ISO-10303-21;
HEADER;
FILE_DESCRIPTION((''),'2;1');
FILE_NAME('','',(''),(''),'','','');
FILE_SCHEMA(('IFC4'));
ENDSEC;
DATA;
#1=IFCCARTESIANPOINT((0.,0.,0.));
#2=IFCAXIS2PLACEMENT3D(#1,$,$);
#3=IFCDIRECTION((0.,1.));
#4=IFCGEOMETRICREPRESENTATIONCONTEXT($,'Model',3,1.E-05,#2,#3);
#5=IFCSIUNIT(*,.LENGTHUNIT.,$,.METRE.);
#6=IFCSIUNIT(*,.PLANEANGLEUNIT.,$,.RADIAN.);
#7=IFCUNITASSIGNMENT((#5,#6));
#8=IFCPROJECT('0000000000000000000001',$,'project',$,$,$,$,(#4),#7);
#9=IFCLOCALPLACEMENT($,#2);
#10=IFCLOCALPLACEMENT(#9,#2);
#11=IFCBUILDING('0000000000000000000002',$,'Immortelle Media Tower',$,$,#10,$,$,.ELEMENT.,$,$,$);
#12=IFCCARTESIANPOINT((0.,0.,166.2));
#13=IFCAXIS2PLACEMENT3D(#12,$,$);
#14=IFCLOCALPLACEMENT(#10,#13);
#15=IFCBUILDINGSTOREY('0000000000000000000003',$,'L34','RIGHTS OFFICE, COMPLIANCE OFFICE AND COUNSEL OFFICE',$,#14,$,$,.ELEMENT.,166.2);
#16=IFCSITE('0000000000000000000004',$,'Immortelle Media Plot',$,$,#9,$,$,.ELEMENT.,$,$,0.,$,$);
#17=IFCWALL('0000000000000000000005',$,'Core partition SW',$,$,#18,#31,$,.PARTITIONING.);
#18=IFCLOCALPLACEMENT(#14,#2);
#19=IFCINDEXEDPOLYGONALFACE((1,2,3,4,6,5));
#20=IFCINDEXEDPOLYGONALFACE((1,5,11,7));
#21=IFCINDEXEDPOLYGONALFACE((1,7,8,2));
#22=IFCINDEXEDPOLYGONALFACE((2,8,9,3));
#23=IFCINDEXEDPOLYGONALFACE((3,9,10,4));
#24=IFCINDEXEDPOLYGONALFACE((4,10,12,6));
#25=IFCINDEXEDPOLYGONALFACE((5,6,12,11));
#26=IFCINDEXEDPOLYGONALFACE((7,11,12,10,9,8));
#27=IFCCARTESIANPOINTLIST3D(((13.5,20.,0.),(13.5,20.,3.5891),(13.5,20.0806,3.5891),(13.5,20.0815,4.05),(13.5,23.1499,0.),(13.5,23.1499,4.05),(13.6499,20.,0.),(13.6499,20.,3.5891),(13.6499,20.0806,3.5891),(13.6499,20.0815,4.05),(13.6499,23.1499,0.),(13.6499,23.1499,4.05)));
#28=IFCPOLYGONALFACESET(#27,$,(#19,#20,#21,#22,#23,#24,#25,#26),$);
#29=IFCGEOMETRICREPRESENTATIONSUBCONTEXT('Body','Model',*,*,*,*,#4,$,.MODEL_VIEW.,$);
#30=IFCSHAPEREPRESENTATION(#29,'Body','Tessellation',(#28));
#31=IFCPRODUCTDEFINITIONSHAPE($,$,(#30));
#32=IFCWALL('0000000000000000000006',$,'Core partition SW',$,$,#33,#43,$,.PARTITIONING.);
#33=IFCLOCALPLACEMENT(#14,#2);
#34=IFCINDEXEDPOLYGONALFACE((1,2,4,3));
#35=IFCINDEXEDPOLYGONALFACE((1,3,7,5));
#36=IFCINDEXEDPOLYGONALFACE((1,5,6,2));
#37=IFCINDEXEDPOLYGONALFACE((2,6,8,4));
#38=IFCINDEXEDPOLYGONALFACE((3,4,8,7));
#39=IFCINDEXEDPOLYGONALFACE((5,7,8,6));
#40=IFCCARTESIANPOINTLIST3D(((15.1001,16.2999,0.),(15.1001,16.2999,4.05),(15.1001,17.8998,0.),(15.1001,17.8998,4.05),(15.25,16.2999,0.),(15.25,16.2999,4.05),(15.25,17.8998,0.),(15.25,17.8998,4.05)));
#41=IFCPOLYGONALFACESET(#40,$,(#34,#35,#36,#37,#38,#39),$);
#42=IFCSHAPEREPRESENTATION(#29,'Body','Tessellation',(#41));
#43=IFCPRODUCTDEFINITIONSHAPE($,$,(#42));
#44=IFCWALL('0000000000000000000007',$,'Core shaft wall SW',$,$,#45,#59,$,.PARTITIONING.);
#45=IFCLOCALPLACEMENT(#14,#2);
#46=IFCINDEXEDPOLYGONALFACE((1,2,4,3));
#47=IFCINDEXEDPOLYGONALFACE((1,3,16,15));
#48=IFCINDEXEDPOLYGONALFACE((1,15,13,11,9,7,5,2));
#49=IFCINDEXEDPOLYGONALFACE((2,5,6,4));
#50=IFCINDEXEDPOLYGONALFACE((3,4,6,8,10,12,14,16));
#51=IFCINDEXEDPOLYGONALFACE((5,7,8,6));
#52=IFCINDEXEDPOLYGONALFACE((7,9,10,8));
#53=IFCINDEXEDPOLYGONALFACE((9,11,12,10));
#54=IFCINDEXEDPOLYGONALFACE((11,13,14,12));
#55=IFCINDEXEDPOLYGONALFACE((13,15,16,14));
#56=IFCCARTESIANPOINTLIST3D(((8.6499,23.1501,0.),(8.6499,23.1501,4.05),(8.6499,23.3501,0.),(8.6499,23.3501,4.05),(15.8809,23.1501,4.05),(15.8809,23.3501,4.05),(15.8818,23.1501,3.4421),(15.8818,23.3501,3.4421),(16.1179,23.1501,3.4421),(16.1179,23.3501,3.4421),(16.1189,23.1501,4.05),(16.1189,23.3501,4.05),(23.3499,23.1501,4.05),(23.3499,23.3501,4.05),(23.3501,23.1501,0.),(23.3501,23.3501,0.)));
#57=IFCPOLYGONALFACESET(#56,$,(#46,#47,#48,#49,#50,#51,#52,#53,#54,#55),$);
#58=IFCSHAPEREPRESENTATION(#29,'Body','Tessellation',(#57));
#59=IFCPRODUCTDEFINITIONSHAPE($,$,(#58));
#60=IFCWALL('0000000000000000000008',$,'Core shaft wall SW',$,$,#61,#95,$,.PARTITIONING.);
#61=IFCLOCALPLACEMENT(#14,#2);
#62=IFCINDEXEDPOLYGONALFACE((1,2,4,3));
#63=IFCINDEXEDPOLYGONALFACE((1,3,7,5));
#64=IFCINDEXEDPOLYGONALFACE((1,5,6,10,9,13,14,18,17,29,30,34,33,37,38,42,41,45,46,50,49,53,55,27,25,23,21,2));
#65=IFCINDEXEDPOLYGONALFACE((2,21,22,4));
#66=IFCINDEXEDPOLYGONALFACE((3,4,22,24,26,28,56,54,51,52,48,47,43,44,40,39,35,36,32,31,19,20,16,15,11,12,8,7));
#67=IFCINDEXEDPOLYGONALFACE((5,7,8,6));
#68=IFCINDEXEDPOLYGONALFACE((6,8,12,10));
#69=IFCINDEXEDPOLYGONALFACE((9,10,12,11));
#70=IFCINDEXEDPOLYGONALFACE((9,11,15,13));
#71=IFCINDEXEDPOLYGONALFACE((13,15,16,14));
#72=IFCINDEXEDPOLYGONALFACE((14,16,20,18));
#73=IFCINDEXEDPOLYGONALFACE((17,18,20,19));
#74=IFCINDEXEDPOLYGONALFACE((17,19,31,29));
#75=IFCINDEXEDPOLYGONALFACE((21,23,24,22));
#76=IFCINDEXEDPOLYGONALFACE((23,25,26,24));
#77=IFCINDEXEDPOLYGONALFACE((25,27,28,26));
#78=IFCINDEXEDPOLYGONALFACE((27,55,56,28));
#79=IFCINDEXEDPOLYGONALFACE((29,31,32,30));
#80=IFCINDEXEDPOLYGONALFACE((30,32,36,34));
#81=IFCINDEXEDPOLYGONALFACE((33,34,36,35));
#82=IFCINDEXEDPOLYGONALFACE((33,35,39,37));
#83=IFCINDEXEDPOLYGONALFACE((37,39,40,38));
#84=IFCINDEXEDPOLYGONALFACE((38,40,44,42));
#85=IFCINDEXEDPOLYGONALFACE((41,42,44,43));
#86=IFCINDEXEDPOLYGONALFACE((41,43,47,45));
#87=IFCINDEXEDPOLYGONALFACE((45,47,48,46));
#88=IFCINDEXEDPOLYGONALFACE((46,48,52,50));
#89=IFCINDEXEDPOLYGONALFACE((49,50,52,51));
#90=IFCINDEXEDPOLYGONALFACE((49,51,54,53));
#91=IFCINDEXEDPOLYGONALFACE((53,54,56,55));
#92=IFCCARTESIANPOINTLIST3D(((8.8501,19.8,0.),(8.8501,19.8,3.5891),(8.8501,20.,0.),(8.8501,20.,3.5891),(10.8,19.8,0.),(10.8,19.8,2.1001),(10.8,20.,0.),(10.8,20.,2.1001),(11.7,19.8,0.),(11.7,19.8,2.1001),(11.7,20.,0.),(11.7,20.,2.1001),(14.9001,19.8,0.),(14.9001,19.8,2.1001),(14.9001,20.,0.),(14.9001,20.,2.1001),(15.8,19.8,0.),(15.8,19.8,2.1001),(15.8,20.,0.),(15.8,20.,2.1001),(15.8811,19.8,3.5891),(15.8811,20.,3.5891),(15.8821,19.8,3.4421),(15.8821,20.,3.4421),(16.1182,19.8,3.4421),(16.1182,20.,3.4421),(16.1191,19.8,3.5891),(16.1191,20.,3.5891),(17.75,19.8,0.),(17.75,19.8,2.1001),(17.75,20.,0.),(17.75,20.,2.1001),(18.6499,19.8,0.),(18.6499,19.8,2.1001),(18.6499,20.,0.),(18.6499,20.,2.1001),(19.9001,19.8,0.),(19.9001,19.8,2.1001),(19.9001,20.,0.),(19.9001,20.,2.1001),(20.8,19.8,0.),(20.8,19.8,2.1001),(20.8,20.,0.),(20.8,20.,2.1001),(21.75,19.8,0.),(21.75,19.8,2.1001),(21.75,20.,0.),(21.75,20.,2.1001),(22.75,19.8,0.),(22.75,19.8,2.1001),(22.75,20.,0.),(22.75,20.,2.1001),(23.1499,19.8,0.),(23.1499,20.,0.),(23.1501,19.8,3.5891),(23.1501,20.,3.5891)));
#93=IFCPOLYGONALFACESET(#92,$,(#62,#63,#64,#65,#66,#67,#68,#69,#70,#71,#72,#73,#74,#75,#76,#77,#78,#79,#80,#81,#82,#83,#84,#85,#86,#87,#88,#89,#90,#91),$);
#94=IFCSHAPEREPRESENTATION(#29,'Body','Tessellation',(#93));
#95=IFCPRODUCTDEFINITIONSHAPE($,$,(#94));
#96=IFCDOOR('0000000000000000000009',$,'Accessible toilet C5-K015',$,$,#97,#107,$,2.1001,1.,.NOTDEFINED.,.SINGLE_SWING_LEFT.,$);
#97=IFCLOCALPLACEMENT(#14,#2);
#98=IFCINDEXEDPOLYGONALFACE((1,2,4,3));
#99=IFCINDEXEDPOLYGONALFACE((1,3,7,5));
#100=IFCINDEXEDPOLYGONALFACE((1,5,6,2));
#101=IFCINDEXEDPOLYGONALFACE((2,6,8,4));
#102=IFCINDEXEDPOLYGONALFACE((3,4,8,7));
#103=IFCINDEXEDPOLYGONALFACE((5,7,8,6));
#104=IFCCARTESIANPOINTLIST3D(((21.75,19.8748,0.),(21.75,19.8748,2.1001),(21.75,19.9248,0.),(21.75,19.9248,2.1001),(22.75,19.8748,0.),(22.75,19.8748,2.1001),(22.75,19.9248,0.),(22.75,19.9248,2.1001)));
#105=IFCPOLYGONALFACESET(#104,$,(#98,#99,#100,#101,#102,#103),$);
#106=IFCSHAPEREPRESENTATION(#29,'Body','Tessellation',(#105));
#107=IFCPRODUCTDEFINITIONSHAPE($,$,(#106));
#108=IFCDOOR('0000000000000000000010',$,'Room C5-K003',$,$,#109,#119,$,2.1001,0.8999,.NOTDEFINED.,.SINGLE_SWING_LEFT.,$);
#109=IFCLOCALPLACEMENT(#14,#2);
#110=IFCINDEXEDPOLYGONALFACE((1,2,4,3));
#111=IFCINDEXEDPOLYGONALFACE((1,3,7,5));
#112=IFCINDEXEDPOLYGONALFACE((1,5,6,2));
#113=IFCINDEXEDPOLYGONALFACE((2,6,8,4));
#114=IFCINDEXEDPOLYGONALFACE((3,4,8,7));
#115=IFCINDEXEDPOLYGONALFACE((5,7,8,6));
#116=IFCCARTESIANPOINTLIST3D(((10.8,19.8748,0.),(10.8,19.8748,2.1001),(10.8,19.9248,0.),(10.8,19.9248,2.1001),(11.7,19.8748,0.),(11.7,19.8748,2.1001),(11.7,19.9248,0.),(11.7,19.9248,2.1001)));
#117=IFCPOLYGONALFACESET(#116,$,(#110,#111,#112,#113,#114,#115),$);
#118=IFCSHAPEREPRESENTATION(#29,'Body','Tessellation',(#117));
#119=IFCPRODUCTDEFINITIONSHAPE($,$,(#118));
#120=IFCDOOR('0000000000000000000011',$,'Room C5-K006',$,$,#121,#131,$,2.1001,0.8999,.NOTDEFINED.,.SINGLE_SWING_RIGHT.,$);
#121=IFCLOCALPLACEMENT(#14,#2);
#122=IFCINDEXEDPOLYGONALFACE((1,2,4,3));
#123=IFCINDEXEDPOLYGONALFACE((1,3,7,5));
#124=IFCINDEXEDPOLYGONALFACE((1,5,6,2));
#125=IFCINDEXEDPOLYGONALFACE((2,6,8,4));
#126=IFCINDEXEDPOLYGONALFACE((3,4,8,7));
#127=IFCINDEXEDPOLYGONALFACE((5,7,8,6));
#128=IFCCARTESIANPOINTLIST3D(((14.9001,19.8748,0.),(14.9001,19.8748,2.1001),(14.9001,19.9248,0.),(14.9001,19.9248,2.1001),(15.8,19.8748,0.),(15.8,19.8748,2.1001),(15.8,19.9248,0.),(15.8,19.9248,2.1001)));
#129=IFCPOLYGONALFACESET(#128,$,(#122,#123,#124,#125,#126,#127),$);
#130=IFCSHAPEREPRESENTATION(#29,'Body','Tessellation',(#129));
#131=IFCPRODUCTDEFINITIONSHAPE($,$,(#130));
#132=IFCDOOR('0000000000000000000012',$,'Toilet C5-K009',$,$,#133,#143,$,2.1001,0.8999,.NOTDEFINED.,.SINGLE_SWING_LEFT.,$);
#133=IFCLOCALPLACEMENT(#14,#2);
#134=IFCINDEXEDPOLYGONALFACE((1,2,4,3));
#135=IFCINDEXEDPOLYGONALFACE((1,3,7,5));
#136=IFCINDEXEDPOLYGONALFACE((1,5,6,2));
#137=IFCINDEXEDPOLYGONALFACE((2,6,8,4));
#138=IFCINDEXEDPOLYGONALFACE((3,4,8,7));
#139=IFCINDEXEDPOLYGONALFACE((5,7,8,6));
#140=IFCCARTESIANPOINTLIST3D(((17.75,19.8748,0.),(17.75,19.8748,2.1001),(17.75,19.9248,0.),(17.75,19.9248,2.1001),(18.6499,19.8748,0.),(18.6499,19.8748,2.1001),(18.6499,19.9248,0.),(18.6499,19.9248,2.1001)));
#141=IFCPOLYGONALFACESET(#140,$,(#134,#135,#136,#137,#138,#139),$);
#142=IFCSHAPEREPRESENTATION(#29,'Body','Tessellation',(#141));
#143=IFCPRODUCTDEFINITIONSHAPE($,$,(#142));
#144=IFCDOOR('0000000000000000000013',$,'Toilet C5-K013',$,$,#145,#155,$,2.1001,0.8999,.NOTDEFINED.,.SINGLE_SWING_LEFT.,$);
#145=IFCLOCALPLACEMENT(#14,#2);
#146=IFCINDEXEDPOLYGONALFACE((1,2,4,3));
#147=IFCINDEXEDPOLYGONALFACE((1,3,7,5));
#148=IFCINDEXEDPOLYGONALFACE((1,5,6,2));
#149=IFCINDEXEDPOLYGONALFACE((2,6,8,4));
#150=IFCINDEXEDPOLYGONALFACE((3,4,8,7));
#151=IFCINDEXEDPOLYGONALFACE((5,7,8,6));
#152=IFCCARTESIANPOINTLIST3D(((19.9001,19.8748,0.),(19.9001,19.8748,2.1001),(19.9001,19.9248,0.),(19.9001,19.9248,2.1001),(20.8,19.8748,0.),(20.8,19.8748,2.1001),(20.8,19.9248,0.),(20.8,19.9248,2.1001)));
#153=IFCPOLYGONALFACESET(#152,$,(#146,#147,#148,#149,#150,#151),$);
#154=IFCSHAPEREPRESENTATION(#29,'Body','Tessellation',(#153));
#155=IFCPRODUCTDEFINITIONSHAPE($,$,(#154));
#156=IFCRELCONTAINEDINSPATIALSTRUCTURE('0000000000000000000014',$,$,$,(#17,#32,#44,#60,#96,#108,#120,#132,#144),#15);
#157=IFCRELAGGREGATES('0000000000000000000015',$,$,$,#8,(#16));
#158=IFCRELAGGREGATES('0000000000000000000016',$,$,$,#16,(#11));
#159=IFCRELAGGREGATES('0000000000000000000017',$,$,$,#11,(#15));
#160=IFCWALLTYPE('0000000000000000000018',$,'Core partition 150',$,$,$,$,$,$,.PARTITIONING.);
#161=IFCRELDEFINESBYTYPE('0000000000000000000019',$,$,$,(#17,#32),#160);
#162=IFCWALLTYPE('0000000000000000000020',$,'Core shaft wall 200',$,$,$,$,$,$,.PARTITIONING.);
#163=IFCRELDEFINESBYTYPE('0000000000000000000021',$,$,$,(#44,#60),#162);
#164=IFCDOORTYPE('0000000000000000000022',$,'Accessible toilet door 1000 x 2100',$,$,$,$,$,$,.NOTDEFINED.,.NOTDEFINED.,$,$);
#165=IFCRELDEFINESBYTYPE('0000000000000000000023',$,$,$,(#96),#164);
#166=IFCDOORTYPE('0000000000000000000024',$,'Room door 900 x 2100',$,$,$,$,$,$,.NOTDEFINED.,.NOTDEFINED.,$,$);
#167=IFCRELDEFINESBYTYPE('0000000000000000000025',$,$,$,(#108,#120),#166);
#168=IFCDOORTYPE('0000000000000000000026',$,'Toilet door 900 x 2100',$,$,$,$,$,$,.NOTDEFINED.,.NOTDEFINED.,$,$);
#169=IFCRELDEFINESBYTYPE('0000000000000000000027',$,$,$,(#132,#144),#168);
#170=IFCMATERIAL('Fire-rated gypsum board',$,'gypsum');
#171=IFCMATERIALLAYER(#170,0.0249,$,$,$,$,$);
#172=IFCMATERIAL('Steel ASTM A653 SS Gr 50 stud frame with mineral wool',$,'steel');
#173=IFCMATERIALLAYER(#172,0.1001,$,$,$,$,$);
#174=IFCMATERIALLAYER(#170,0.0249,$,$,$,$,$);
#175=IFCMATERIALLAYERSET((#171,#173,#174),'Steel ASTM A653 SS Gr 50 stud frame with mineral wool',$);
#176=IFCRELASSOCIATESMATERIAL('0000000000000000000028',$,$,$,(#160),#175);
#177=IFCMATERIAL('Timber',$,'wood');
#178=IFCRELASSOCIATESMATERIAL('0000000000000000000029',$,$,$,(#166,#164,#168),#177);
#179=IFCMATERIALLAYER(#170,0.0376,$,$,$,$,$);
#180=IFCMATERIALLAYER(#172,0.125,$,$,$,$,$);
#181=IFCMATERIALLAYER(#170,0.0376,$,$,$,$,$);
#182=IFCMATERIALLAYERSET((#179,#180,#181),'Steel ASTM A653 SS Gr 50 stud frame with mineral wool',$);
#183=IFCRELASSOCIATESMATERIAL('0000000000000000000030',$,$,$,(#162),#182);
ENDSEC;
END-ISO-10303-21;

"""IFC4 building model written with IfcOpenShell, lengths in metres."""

from ifc_helpers import new_model, si_unit, direction, frame, frame_2d, origin, place, context, subcontext, project, spatial, polyline, rectangle, outline, extrude, material, layer, layer_set, type_object, element, fill, save


model = new_model("IFC4")

# Units and contexts
model_context = context("Model", 3, precision=1e-05, world=origin(), true_north=direction((0.0, 1.0)))
body_context = subcontext(model_context, "Body", "Model", "MODEL_VIEW")
ifc_project = project(units=[si_unit("LENGTHUNIT", "METRE"), si_unit("PLANEANGLEUNIT", "RADIAN")], contexts=[model_context])

# Site, building, storey
site_placement = place(None, origin())
site = spatial("IfcSite", under=ifc_project, at=site_placement, Name="Immortelle Media Plot", CompositionType="ELEMENT", RefElevation=0.0)
building_placement = place(site_placement, origin())
building = spatial("IfcBuilding", under=site, at=building_placement, Name="Immortelle Media Tower", CompositionType="ELEMENT")
storey_placement = place(building_placement, frame((0.0, 0.0, 166.2)))
storey = spatial("IfcBuildingStorey", under=building, at=storey_placement, Name="L34", Description="RIGHTS OFFICE, COMPLIANCE OFFICE AND COUNSEL OFFICE", CompositionType="ELEMENT", Elevation=166.2)

# Shared definitions
ifc_material_1 = material(Name="Fire-rated gypsum board", Category="gypsum")
ifc_layer_1 = layer(ifc_material_1, 0.0249)
ifc_material_2 = material(Name="Steel ASTM A653 SS Gr 50 stud frame with mineral wool", Category="steel")
ifc_layer_2 = layer(ifc_material_2, 0.1001)
ifc_layer_3 = layer(ifc_material_1, 0.0249)
ifc_layer_set_1 = layer_set([ifc_layer_1, ifc_layer_2, ifc_layer_3], Name="Steel ASTM A653 SS Gr 50 stud frame with mineral wool")
wall_type_1 = type_object("IfcWallType", Name="Core partition 150", PredefinedType="PARTITIONING", material=ifc_layer_set_1)

# Shared definitions
ifc_material_3 = material(Name="Timber", Category="wood")
door_type_1 = type_object("IfcDoorType", Name="Room door 900 x 2100", OperationType="NOTDEFINED", PredefinedType="NOTDEFINED", material=ifc_material_3)

# Walls
wall_1_placement = place(storey_placement, frame((13.575, 20.0, 0.0), z_axis=(0.0, 0.0, 1.0), x_axis=(0.0, 1.0, 0.0)))
element("IfcWall", 1, at=wall_1_placement, inside=storey, type_object=wall_type_1, Name="Core partition SW", PredefinedType="PARTITIONING", context=body_context, shape_type="SweptSolid", body=[
    extrude(outline(polyline([(0.0, 0.0), (3.1499, 0.0), (3.1499, 4.05), (0.0815, 4.05), (0.0806, 3.5891), (0.0, 3.5891), (0.0, 0.0)])), frame((0.0, 0.075, 0.0), z_axis=(0.0, -1.0, 0.0), x_axis=(1.0, 0.0, 0.0)), (0.0, 0.0, 1.0), 0.1499),
])
wall_2_placement = place(storey_placement, frame((15.175, 16.3, 0.0), z_axis=(0.0, 0.0, 1.0), x_axis=(0.0, 1.0, 0.0)))
element("IfcWall", 2, at=wall_2_placement, inside=storey, type_object=wall_type_1, Name="Core partition SW", PredefinedType="PARTITIONING", context=body_context, shape_type="SweptSolid", body=[
    extrude(rectangle(XDim=1.5999, YDim=0.1499, at=frame_2d((0.7998, 0.0))), origin(), (0.0, 0.0, 1.0), 4.05),
])
ifc_layer_4 = layer(ifc_material_1, 0.0376)
ifc_layer_5 = layer(ifc_material_2, 0.125)
ifc_layer_6 = layer(ifc_material_1, 0.0376)
ifc_layer_set_2 = layer_set([ifc_layer_4, ifc_layer_5, ifc_layer_6], Name="Steel ASTM A653 SS Gr 50 stud frame with mineral wool")
wall_type_2 = type_object("IfcWallType", Name="Core shaft wall 200", PredefinedType="PARTITIONING", material=ifc_layer_set_2)
wall_3_placement = place(storey_placement, frame((8.6499, 23.25, 0.0), z_axis=(0.0, 0.0, 1.0), x_axis=(1.0, 0.0, 0.0)))
element("IfcWall", 3, at=wall_3_placement, inside=storey, type_object=wall_type_2, Name="Core shaft wall SW", PredefinedType="PARTITIONING", context=body_context, shape_type="SweptSolid", body=[
    extrude(outline(polyline([(0.0, 0.0), (14.7002, 0.0), (14.7, 4.05), (7.469, 4.05), (7.468, 3.4421), (7.2319, 3.4421), (7.231, 4.05), (0.0, 4.05), (0.0, 0.0)])), frame((0.0, 0.1001, 0.0), z_axis=(0.0, -1.0, 0.0), x_axis=(1.0, 0.0, 0.0)), (0.0, 0.0, 1.0), 0.2),
])

# Wall, openings, doors
wall_4_placement = place(storey_placement, frame((8.8501, 19.8999, 0.0), z_axis=(0.0, 0.0, 1.0), x_axis=(1.0, 0.0, 0.0)))
wall_4 = element("IfcWall", 4, at=wall_4_placement, inside=storey, type_object=wall_type_2, Name="Core shaft wall SW", PredefinedType="PARTITIONING", context=body_context, shape_type="SweptSolid", body=[
    extrude(outline(polyline([(0.0, 0.0), (14.2998, 0.0), (14.3, 3.5891), (7.269, 3.5891), (7.2681, 3.4421), (7.032, 3.4421), (7.031, 3.5891), (0.0, 3.5891), (0.0, 0.0)])), frame((0.0, 0.1001, 0.0), z_axis=(0.0, -1.0, 0.0), x_axis=(1.0, 0.0, 0.0)), (0.0, 0.0, 1.0), 0.2),
])
opening_1_placement = place(wall_4_placement, frame((1.95, 0.0, 0.0)))
opening_1 = element("IfcOpeningElement", 5, at=opening_1_placement, cuts=wall_4, PredefinedType="OPENING", context=body_context, shape_type="SweptSolid", body=[
    extrude(rectangle(XDim=0.8999, YDim=2.1001, at=frame_2d((0.45, 1.05))), frame((0.0, 0.1099, 0.0), z_axis=(0.0, -1.0, 0.0), x_axis=(1.0, 0.0, 0.0)), (0.0, 0.0, 1.0), 0.22),
])
opening_2_placement = place(wall_4_placement, frame((6.05, 0.0, 0.0)))
opening_2 = element("IfcOpeningElement", 6, at=opening_2_placement, cuts=wall_4, PredefinedType="OPENING", context=body_context, shape_type="SweptSolid", body=[
    extrude(rectangle(XDim=0.8999, YDim=2.1001, at=frame_2d((0.45, 1.05))), frame((0.0, 0.1099, 0.0), z_axis=(0.0, -1.0, 0.0), x_axis=(1.0, 0.0, 0.0)), (0.0, 0.0, 1.0), 0.22),
])
opening_3_placement = place(wall_4_placement, frame((8.8999, 0.0, 0.0)))
opening_3 = element("IfcOpeningElement", 7, at=opening_3_placement, cuts=wall_4, PredefinedType="OPENING", context=body_context, shape_type="SweptSolid", body=[
    extrude(rectangle(XDim=0.8999, YDim=2.1001, at=frame_2d((0.45, 1.05))), frame((0.0, 0.1099, 0.0), z_axis=(0.0, -1.0, 0.0), x_axis=(1.0, 0.0, 0.0)), (0.0, 0.0, 1.0), 0.22),
])
opening_4_placement = place(wall_4_placement, frame((11.05, 0.0, 0.0)))
opening_4 = element("IfcOpeningElement", 8, at=opening_4_placement, cuts=wall_4, PredefinedType="OPENING", context=body_context, shape_type="SweptSolid", body=[
    extrude(rectangle(XDim=0.8999, YDim=2.1001, at=frame_2d((0.45, 1.05))), frame((0.0, 0.1099, 0.0), z_axis=(0.0, -1.0, 0.0), x_axis=(1.0, 0.0, 0.0)), (0.0, 0.0, 1.0), 0.22),
])
opening_5_placement = place(wall_4_placement, frame((12.8999, 0.0, 0.0)))
opening_5 = element("IfcOpeningElement", 9, at=opening_5_placement, cuts=wall_4, PredefinedType="OPENING", context=body_context, shape_type="SweptSolid", body=[
    extrude(rectangle(XDim=1.0, YDim=2.1001, at=frame_2d((0.5, 1.05))), frame((0.0, 0.1099, 0.0), z_axis=(0.0, -1.0, 0.0), x_axis=(1.0, 0.0, 0.0)), (0.0, 0.0, 1.0), 0.22),
])
door_type_2 = type_object("IfcDoorType", Name="Accessible toilet door 1000 x 2100", OperationType="NOTDEFINED", PredefinedType="NOTDEFINED", material=ifc_material_3)
door_1_placement = place(opening_5_placement, origin())
door_1 = element("IfcDoor", 10, at=door_1_placement, inside=storey, type_object=door_type_2, Name="Accessible toilet C5-K015", OperationType="SINGLE_SWING_LEFT", OverallHeight=2.1001, OverallWidth=1.0, PredefinedType="NOTDEFINED", context=body_context, shape_type="SweptSolid", body=[
    extrude(rectangle(XDim=1.0, YDim=2.1001, at=frame_2d((0.5, 1.05))), frame((0.0, 0.0249, 0.0), z_axis=(0.0, -1.0, 0.0), x_axis=(1.0, 0.0, 0.0)), (0.0, 0.0, 1.0), 0.05),
])
fill(opening_5, door_1)
door_2_placement = place(opening_1_placement, origin())
door_2 = element("IfcDoor", 11, at=door_2_placement, inside=storey, type_object=door_type_1, Name="Room C5-K003", OperationType="SINGLE_SWING_LEFT", OverallHeight=2.1001, OverallWidth=0.8999, PredefinedType="NOTDEFINED", context=body_context, shape_type="SweptSolid", body=[
    extrude(rectangle(XDim=0.8999, YDim=2.1001, at=frame_2d((0.45, 1.05))), frame((0.0, 0.0249, 0.0), z_axis=(0.0, -1.0, 0.0), x_axis=(1.0, 0.0, 0.0)), (0.0, 0.0, 1.0), 0.05),
])
fill(opening_1, door_2)
door_3_placement = place(opening_2_placement, origin())
door_3 = element("IfcDoor", 12, at=door_3_placement, inside=storey, type_object=door_type_1, Name="Room C5-K006", OperationType="SINGLE_SWING_RIGHT", OverallHeight=2.1001, OverallWidth=0.8999, PredefinedType="NOTDEFINED", context=body_context, shape_type="SweptSolid", body=[
    extrude(rectangle(XDim=0.8999, YDim=2.1001, at=frame_2d((0.45, 1.05))), frame((0.0, 0.0249, 0.0), z_axis=(0.0, -1.0, 0.0), x_axis=(1.0, 0.0, 0.0)), (0.0, 0.0, 1.0), 0.05),
])
fill(opening_2, door_3)
door_type_3 = type_object("IfcDoorType", Name="Toilet door 900 x 2100", OperationType="NOTDEFINED", PredefinedType="NOTDEFINED", material=ifc_material_3)
door_4_placement = place(opening_3_placement, origin())
door_4 = element("IfcDoor", 13, at=door_4_placement, inside=storey, type_object=door_type_3, Name="Toilet C5-K009", OperationType="SINGLE_SWING_LEFT", OverallHeight=2.1001, OverallWidth=0.8999, PredefinedType="NOTDEFINED", context=body_context, shape_type="SweptSolid", body=[
    extrude(rectangle(XDim=0.8999, YDim=2.1001, at=frame_2d((0.45, 1.05))), frame((0.0, 0.0249, 0.0), z_axis=(0.0, -1.0, 0.0), x_axis=(1.0, 0.0, 0.0)), (0.0, 0.0, 1.0), 0.05),
])
fill(opening_3, door_4)
door_5_placement = place(opening_4_placement, origin())
door_5 = element("IfcDoor", 14, at=door_5_placement, inside=storey, type_object=door_type_3, Name="Toilet C5-K013", OperationType="SINGLE_SWING_LEFT", OverallHeight=2.1001, OverallWidth=0.8999, PredefinedType="NOTDEFINED", context=body_context, shape_type="SweptSolid", body=[
    extrude(rectangle(XDim=0.8999, YDim=2.1001, at=frame_2d((0.45, 1.05))), frame((0.0, 0.0249, 0.0), z_axis=(0.0, -1.0, 0.0), x_axis=(1.0, 0.0, 0.0)), (0.0, 0.0, 1.0), 0.05),
])
fill(opening_4, door_5)

save(model, "model.ifc")
